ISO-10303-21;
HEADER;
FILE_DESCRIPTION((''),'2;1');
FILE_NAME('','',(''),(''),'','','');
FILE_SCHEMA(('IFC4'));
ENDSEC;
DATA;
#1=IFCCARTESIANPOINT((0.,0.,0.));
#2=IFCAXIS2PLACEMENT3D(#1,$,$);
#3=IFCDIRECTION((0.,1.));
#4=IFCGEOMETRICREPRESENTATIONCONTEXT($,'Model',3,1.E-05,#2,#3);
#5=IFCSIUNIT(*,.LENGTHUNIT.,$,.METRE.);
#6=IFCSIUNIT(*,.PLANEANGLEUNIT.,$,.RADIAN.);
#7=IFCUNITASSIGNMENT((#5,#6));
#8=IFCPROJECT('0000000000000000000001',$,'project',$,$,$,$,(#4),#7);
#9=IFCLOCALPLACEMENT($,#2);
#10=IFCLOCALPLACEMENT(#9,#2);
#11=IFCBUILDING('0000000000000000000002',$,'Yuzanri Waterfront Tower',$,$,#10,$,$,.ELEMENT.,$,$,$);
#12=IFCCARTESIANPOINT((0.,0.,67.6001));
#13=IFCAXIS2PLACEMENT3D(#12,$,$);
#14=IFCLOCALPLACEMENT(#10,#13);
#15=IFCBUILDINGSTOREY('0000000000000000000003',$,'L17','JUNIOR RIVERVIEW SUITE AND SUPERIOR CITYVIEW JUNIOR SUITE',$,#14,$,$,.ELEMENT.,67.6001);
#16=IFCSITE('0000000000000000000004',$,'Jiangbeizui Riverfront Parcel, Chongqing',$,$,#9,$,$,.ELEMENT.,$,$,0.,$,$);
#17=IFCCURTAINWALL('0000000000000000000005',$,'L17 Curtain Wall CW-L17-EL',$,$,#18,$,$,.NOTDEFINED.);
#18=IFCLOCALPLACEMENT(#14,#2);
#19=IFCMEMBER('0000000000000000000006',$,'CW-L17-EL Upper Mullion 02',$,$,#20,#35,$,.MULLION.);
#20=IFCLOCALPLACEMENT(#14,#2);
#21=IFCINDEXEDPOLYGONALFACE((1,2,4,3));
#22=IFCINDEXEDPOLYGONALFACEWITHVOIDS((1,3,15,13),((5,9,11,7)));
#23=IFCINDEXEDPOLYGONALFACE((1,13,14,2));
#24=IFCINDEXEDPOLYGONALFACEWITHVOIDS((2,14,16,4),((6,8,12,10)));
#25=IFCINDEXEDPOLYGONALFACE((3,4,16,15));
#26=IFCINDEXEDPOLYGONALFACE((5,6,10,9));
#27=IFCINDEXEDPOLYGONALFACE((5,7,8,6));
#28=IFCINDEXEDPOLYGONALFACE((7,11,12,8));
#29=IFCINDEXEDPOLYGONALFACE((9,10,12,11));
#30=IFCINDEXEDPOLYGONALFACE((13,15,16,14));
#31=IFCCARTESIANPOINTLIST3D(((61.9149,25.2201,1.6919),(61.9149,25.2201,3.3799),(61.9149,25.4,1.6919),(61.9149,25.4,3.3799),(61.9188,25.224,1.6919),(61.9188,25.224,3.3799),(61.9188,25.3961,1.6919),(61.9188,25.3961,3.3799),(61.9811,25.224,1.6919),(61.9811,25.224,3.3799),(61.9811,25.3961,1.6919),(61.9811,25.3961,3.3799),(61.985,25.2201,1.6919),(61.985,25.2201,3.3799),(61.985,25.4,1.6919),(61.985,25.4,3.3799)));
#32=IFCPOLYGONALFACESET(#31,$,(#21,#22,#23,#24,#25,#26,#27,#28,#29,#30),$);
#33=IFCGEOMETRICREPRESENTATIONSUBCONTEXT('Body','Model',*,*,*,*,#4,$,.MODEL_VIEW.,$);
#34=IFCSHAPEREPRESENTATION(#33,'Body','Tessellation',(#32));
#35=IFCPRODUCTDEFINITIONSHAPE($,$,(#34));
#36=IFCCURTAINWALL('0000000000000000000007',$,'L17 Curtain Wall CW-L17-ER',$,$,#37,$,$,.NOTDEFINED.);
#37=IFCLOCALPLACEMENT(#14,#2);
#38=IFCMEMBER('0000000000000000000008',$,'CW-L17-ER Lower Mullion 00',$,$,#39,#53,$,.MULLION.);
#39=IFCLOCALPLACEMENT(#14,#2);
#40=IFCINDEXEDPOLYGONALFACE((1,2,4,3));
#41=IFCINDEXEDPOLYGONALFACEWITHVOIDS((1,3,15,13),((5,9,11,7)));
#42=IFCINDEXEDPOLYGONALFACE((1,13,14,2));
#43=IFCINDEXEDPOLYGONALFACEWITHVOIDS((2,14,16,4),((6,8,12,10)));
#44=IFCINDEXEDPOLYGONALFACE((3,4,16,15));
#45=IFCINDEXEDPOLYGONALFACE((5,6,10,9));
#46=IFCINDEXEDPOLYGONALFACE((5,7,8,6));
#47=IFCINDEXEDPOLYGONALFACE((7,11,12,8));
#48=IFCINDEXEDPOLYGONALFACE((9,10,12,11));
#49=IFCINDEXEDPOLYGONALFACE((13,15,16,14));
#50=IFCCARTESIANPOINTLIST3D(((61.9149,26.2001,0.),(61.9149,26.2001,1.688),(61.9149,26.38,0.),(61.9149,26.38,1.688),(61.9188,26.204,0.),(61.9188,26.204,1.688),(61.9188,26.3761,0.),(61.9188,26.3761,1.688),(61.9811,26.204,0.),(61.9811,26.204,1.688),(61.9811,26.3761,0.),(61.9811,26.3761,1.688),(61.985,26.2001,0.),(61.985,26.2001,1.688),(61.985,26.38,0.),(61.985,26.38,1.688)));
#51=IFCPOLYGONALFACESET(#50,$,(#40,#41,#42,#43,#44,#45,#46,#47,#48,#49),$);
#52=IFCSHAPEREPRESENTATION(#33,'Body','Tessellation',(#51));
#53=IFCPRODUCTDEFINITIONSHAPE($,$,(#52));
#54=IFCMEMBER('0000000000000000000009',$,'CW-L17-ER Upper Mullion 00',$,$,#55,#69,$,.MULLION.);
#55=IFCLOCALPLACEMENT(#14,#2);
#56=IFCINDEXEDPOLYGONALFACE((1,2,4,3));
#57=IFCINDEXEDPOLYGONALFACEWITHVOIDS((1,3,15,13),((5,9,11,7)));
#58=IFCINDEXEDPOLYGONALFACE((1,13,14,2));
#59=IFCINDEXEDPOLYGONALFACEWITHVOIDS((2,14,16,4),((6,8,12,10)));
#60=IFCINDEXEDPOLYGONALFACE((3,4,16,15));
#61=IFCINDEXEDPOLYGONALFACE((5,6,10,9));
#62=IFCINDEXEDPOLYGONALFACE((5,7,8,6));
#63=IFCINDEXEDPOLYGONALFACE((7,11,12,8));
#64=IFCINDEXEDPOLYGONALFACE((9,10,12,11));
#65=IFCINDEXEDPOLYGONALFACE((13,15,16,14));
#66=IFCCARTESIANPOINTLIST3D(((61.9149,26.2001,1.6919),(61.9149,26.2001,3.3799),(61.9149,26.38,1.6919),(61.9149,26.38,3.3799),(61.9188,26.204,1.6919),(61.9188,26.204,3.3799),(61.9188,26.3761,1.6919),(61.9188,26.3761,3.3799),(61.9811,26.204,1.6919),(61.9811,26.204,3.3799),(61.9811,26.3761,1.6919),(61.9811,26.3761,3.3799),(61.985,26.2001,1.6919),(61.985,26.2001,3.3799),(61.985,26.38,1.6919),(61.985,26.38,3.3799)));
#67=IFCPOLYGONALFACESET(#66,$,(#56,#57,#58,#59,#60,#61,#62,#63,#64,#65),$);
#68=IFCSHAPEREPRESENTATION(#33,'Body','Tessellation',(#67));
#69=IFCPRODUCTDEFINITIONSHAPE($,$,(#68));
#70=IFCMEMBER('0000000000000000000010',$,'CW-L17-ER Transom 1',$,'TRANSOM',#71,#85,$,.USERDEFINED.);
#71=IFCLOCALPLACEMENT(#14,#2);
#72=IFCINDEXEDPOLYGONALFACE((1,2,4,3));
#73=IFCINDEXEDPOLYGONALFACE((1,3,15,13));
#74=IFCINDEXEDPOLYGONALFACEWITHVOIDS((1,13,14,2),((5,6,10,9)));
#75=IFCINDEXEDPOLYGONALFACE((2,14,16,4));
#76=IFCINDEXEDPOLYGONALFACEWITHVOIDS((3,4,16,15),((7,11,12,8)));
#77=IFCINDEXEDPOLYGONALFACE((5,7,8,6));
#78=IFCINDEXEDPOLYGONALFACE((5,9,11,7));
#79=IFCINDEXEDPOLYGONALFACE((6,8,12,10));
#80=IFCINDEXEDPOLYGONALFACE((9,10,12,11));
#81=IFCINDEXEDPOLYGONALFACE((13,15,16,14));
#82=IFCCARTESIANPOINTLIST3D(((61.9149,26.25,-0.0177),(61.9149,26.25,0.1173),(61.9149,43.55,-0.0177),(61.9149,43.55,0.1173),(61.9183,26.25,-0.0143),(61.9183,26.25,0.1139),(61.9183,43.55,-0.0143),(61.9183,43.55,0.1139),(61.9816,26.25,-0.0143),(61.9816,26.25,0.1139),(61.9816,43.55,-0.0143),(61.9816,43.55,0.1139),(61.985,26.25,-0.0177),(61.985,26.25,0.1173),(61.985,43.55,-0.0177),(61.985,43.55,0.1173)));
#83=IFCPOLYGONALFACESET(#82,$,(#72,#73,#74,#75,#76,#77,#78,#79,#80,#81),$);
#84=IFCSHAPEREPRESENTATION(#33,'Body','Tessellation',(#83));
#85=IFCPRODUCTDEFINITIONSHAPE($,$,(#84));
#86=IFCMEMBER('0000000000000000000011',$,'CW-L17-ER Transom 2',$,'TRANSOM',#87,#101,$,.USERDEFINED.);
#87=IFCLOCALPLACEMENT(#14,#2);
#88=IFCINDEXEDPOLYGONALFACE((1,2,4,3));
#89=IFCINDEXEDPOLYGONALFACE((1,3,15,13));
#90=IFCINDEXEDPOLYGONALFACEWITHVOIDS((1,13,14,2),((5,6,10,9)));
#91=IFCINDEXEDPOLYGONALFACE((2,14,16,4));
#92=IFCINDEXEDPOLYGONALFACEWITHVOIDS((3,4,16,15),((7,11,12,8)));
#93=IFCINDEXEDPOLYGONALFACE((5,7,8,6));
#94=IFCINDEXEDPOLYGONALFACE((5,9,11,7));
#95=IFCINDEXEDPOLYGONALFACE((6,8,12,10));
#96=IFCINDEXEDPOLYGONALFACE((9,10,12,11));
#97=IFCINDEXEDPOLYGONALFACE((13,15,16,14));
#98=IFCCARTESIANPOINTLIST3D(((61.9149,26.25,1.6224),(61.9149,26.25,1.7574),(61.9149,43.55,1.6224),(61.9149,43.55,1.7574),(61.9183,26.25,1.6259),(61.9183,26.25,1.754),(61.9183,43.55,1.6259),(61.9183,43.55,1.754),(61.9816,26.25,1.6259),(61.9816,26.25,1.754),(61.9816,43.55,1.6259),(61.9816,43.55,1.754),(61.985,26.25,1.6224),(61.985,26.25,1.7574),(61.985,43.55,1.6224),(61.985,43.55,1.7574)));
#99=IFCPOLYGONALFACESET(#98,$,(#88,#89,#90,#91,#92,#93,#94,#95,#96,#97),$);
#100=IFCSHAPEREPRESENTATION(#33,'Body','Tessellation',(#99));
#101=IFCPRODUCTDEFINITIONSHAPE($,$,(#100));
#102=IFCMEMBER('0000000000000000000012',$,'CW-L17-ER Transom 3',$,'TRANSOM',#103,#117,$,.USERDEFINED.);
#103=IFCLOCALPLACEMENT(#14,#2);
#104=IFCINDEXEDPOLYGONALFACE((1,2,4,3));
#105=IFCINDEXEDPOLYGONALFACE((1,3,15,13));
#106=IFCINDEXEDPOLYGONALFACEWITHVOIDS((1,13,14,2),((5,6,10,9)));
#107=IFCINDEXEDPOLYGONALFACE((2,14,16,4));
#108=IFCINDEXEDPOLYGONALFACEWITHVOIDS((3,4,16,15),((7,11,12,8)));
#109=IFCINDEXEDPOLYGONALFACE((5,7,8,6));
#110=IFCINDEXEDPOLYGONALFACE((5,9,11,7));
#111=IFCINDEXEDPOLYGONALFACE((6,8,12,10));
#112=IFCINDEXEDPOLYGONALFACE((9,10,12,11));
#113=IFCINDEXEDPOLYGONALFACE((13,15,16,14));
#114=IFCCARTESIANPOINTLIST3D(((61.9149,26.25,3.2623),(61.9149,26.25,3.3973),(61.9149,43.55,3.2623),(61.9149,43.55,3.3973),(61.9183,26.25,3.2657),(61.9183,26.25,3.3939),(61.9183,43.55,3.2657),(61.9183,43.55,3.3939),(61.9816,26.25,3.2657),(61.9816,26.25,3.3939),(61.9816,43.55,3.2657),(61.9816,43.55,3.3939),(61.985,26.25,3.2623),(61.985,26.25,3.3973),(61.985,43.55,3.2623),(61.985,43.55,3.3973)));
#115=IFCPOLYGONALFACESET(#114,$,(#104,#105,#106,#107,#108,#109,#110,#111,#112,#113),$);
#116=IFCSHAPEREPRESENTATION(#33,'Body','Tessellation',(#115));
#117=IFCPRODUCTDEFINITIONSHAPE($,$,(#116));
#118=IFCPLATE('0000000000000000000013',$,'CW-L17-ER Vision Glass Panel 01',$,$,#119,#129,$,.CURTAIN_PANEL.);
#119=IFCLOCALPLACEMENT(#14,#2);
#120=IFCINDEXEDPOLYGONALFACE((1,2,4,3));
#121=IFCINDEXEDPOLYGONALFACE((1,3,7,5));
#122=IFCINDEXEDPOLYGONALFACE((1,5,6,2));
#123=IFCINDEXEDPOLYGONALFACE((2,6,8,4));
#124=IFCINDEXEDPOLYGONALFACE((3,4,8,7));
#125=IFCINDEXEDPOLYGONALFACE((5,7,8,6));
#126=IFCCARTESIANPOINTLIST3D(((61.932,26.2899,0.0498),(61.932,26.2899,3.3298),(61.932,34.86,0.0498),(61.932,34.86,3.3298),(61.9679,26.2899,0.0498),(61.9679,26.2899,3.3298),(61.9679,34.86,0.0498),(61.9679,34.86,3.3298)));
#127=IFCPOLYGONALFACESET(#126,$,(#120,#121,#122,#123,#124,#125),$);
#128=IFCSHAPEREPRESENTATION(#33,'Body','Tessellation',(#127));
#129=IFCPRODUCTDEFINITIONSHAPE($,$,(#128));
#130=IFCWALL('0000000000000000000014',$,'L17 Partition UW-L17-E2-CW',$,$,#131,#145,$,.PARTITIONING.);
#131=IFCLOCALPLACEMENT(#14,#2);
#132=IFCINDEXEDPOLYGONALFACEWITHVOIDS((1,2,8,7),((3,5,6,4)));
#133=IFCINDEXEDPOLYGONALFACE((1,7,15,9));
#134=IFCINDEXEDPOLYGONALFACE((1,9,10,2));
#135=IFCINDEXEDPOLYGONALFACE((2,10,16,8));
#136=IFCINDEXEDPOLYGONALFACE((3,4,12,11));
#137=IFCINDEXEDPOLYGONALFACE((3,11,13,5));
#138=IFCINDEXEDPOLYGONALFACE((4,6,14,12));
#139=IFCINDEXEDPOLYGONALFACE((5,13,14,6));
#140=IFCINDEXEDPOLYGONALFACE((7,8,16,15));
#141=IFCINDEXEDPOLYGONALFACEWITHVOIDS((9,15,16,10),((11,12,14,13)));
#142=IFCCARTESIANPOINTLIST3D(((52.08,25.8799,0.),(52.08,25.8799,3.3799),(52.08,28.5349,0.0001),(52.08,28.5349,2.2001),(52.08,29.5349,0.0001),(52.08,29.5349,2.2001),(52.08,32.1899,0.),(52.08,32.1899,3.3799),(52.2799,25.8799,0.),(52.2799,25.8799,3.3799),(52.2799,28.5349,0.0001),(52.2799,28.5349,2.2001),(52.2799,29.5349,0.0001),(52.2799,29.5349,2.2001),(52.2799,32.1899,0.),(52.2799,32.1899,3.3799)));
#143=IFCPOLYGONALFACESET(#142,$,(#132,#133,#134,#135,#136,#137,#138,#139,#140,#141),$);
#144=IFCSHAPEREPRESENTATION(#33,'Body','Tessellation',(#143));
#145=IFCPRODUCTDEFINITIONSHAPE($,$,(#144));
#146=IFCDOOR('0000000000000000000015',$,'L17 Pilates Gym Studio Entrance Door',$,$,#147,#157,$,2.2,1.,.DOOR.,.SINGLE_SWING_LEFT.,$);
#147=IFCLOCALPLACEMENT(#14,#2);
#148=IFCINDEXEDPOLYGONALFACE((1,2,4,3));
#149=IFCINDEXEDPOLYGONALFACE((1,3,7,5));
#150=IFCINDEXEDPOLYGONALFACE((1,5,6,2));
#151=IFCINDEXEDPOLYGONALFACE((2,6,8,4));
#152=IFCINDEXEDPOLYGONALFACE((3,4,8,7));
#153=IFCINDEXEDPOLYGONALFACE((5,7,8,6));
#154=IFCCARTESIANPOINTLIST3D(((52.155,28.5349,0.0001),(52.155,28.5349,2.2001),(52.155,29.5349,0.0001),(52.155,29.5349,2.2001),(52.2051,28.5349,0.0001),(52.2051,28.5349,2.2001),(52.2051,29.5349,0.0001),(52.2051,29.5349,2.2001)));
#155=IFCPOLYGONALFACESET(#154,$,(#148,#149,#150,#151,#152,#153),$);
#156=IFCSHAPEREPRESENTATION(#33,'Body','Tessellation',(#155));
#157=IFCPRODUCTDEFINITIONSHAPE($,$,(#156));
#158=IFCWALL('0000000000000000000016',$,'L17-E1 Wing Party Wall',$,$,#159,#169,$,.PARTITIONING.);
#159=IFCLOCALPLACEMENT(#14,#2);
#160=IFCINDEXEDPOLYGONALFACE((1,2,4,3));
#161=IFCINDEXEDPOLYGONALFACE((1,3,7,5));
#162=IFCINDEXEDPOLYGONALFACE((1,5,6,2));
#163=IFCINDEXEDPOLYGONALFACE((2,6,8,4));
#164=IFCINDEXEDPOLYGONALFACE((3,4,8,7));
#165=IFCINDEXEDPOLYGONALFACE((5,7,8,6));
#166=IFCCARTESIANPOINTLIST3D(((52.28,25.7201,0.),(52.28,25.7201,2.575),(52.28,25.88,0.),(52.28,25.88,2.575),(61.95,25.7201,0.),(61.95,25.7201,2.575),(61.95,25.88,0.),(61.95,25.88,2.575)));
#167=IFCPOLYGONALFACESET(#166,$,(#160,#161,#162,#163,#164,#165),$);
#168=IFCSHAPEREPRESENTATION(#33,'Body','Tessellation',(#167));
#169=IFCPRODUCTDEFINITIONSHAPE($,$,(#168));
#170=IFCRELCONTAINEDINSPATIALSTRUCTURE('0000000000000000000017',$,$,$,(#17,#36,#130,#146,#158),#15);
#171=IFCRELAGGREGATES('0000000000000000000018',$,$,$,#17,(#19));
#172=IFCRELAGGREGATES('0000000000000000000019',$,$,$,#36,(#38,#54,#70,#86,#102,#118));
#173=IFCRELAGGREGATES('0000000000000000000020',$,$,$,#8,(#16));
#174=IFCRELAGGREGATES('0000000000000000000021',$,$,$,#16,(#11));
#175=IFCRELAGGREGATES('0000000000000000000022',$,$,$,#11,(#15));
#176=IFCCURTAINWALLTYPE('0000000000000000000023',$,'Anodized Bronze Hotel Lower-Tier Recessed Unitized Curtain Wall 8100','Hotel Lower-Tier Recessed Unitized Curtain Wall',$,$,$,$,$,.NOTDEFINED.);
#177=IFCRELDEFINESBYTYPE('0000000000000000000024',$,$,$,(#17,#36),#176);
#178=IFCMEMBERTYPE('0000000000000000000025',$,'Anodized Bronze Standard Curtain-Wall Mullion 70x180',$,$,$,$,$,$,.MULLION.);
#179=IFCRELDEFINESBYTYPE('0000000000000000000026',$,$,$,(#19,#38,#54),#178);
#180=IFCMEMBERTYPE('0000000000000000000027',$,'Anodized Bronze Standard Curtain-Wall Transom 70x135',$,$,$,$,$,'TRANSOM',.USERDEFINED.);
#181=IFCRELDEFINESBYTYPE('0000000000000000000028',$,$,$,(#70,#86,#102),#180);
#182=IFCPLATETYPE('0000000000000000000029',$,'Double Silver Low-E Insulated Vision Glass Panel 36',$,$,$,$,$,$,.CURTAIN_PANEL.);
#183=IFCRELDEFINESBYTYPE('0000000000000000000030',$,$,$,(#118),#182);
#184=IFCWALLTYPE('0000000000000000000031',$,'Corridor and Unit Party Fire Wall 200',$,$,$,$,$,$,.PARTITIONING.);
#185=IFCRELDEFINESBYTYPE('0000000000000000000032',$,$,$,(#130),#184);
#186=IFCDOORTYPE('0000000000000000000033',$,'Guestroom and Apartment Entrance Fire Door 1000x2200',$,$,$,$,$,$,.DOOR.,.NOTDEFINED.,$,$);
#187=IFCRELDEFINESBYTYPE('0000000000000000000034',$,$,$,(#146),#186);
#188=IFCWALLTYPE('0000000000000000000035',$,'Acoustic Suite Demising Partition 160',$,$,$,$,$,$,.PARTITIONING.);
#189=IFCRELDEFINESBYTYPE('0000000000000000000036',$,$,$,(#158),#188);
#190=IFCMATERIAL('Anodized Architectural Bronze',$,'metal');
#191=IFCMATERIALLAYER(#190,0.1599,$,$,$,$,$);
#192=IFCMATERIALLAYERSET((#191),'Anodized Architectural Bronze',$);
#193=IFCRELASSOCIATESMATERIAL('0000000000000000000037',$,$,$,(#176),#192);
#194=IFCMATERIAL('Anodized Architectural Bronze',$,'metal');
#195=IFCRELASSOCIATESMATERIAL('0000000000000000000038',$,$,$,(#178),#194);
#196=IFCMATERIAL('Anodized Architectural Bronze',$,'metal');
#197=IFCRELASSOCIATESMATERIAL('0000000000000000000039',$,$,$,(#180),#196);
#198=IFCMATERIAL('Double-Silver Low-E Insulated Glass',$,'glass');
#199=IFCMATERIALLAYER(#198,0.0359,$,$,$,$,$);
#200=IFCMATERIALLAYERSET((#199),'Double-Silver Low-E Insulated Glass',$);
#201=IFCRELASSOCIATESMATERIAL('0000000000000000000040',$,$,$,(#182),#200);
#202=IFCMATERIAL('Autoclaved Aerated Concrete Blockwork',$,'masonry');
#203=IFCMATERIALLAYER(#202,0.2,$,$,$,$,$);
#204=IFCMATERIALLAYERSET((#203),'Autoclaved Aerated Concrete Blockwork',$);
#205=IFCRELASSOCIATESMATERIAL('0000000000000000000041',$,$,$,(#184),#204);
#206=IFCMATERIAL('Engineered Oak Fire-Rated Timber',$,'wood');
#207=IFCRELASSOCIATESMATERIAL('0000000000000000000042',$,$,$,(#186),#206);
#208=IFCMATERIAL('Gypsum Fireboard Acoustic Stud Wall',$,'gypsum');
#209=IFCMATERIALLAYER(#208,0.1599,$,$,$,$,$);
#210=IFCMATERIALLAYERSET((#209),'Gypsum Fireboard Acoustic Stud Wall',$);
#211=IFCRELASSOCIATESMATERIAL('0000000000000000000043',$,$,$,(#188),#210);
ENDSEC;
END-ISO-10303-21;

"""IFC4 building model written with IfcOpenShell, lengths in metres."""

from ifc_helpers import new_model, si_unit, direction, frame, frame_2d, origin, origin_2d, place, context, subcontext, project, spatial, rectangle, hollow_rectangle, extrude, source, transform, mapped, material, layer, layer_set, material_profile, profile_set, type_object, element, fill, aggregate, save


model = new_model("IFC4")

# Units and contexts
model_context = context("Model", 3, precision=1e-05, world=origin(), true_north=direction((0.0, 1.0)))
body_context = subcontext(model_context, "Body", "Model", "MODEL_VIEW")
ifc_project = project(units=[si_unit("LENGTHUNIT", "METRE"), si_unit("PLANEANGLEUNIT", "RADIAN")], contexts=[model_context])

# Site, building, storey
site_placement = place(None, origin())
site = spatial("IfcSite", under=ifc_project, at=site_placement, Name="Jiangbeizui Riverfront Parcel, Chongqing", CompositionType="ELEMENT", RefElevation=0.0)
building_placement = place(site_placement, origin())
building = spatial("IfcBuilding", under=site, at=building_placement, Name="Yuzanri Waterfront Tower", CompositionType="ELEMENT")
storey_placement = place(building_placement, frame((0.0, 0.0, 67.6001)))
storey = spatial("IfcBuildingStorey", under=building, at=storey_placement, Name="L17", Description="JUNIOR RIVERVIEW SUITE AND SUPERIOR CITYVIEW JUNIOR SUITE", CompositionType="ELEMENT", Elevation=67.6001)

# Curtain wall, member
ifc_material_1 = material(Name="Anodized Architectural Bronze", Category="metal")
ifc_layer_1 = layer(ifc_material_1, 0.1599)
ifc_layer_set_1 = layer_set([ifc_layer_1], Name="Anodized Architectural Bronze")
curtain_wall_type = type_object("IfcCurtainWallType", Name="Anodized Bronze Hotel Lower-Tier Recessed Unitized Curtain Wall 8100", Description="Hotel Lower-Tier Recessed Unitized Curtain Wall", PredefinedType="NOTDEFINED", material=ifc_layer_set_1)
curtain_wall_1_placement = place(storey_placement, origin())
curtain_wall_1 = element("IfcCurtainWall", 1, at=curtain_wall_1_placement, inside=storey, type_object=curtain_wall_type, Name="L17 Curtain Wall CW-L17-EL", PredefinedType="NOTDEFINED")
ifc_material_2 = material(Name="Anodized Architectural Bronze", Category="metal")
ifc_material_profile_1 = material_profile(ifc_material_2, hollow_rectangle(XDim=0.0701, YDim=0.1799, WallThickness=0.0039, at=origin_2d()), Name="CWM 70x180")
ifc_profile_set_1 = profile_set([ifc_material_profile_1], Name="Anodized Architectural Bronze")
member_type_1 = type_object("IfcMemberType", Name="Anodized Bronze Standard Curtain-Wall Mullion 70x180", PredefinedType="MULLION", material=ifc_profile_set_1)
shared_shape_1 = source(origin(), body_context, "Body", "SweptSolid", [
    extrude(hollow_rectangle(XDim=0.0701, YDim=0.1799, WallThickness=0.0039, at=origin_2d()), origin(), (0.0, 0.0, 1.0), 1.688),
])
member_1_placement = place(storey_placement, frame((61.95, 25.3101, 1.6919), z_axis=(0.0, 0.0, 1.0), x_axis=(1.0, 0.0, 0.0)))
member_1 = element("IfcMember", 2, at=member_1_placement, type_object=member_type_1, Name="CW-L17-EL Upper Mullion 02", PredefinedType="MULLION", context=body_context, shape_type="MappedRepresentation", body=[
    mapped(shared_shape_1, transform((0.0, 0.0, 0.0), scale=1.0)),
])
aggregate(curtain_wall_1, [member_1])

# Curtain wall, members, plate
curtain_wall_2_placement = place(storey_placement, origin())
curtain_wall_2 = element("IfcCurtainWall", 3, at=curtain_wall_2_placement, inside=storey, type_object=curtain_wall_type, Name="L17 Curtain Wall CW-L17-ER", PredefinedType="NOTDEFINED")
member_2_placement = place(storey_placement, frame((61.95, 26.29, 0.0), z_axis=(0.0, 0.0, 1.0), x_axis=(1.0, 0.0, 0.0)))
member_2 = element("IfcMember", 4, at=member_2_placement, type_object=member_type_1, Name="CW-L17-ER Lower Mullion 00", PredefinedType="MULLION", context=body_context, shape_type="MappedRepresentation", body=[
    mapped(shared_shape_1, transform((0.0, 0.0, 0.0), scale=1.0)),
])
member_3_placement = place(storey_placement, frame((61.95, 26.29, 1.6919), z_axis=(0.0, 0.0, 1.0), x_axis=(1.0, 0.0, 0.0)))
member_3 = element("IfcMember", 5, at=member_3_placement, type_object=member_type_1, Name="CW-L17-ER Upper Mullion 00", PredefinedType="MULLION", context=body_context, shape_type="MappedRepresentation", body=[
    mapped(shared_shape_1, transform((0.0, 0.0, 0.0), scale=1.0)),
])
ifc_material_3 = material(Name="Anodized Architectural Bronze", Category="metal")
ifc_material_profile_2 = material_profile(ifc_material_3, hollow_rectangle(XDim=0.0701, YDim=0.135, WallThickness=0.0034, at=origin_2d()), Name="CWT 70x135")
ifc_profile_set_2 = profile_set([ifc_material_profile_2], Name="Anodized Architectural Bronze")
member_type_2 = type_object("IfcMemberType", Name="Anodized Bronze Standard Curtain-Wall Transom 70x135", ElementType="TRANSOM", PredefinedType="USERDEFINED", material=ifc_profile_set_2)
shared_shape_2 = source(origin(), body_context, "Body", "SweptSolid", [
    extrude(hollow_rectangle(XDim=0.0701, YDim=0.135, WallThickness=0.0034, at=origin_2d()), origin(), (0.0, 0.0, 1.0), 17.3),
])
member_4_placement = place(storey_placement, frame((61.95, 26.25, 0.0498), z_axis=(0.0, 1.0, 0.0), x_axis=(-1.0, 0.0, 0.0)))
member_4 = element("IfcMember", 6, at=member_4_placement, type_object=member_type_2, Name="CW-L17-ER Transom 1", ObjectType="TRANSOM", PredefinedType="USERDEFINED", context=body_context, shape_type="MappedRepresentation", body=[
    mapped(shared_shape_2, transform((0.0, 0.0, 0.0), scale=1.0)),
])
member_5_placement = place(storey_placement, frame((61.95, 26.25, 1.6899), z_axis=(0.0, 1.0, 0.0), x_axis=(-1.0, 0.0, 0.0)))
member_5 = element("IfcMember", 7, at=member_5_placement, type_object=member_type_2, Name="CW-L17-ER Transom 2", ObjectType="TRANSOM", PredefinedType="USERDEFINED", context=body_context, shape_type="MappedRepresentation", body=[
    mapped(shared_shape_2, transform((0.0, 0.0, 0.0), scale=1.0)),
])
member_6_placement = place(storey_placement, frame((61.95, 26.25, 3.3298), z_axis=(0.0, 1.0, 0.0), x_axis=(-1.0, 0.0, 0.0)))
member_6 = element("IfcMember", 8, at=member_6_placement, type_object=member_type_2, Name="CW-L17-ER Transom 3", ObjectType="TRANSOM", PredefinedType="USERDEFINED", context=body_context, shape_type="MappedRepresentation", body=[
    mapped(shared_shape_2, transform((0.0, 0.0, 0.0), scale=1.0)),
])
ifc_material_4 = material(Name="Double-Silver Low-E Insulated Glass", Category="glass")
ifc_layer_2 = layer(ifc_material_4, 0.0359)
ifc_layer_set_2 = layer_set([ifc_layer_2], Name="Double-Silver Low-E Insulated Glass")
plate_type = type_object("IfcPlateType", Name="Double Silver Low-E Insulated Vision Glass Panel 36", PredefinedType="CURTAIN_PANEL", material=ifc_layer_set_2)
shared_shape_3 = source(origin(), body_context, "Body", "SweptSolid", [
    extrude(rectangle(XDim=8.5701, YDim=0.0359, at=origin_2d()), origin(), (0.0, 0.0, 1.0), 3.28),
])
plate_placement = place(storey_placement, frame((61.95, 30.575, 0.0498), z_axis=(0.0, 0.0, 1.0), x_axis=(0.0, 1.0, 0.0)))
plate = element("IfcPlate", 9, at=plate_placement, type_object=plate_type, Name="CW-L17-ER Vision Glass Panel 01", PredefinedType="CURTAIN_PANEL", context=body_context, shape_type="MappedRepresentation", body=[
    mapped(shared_shape_3, transform((0.0, 0.0, 0.0), scale=1.0)),
])
aggregate(curtain_wall_2, [member_2, member_3, member_4, member_5, member_6, plate])

# Wall, opening, door
ifc_material_5 = material(Name="Autoclaved Aerated Concrete Blockwork", Category="masonry")
ifc_layer_3 = layer(ifc_material_5, 0.2)
ifc_layer_set_3 = layer_set([ifc_layer_3], Name="Autoclaved Aerated Concrete Blockwork")
wall_type_1 = type_object("IfcWallType", Name="Corridor and Unit Party Fire Wall 200", PredefinedType="PARTITIONING", material=ifc_layer_set_3)
wall_1_placement = place(storey_placement, frame((52.1799, 25.8799, 0.0), z_axis=(0.0, 0.0, 1.0), x_axis=(0.0, 1.0, 0.0)))
wall_1 = element("IfcWall", 10, at=wall_1_placement, inside=storey, type_object=wall_type_1, Name="L17 Partition UW-L17-E2-CW", PredefinedType="PARTITIONING", context=body_context, shape_type="SweptSolid", body=[
    extrude(rectangle(XDim=6.3101, YDim=0.2, at=frame_2d((3.155, 0.0))), origin(), (0.0, 0.0, 1.0), 3.3799),
])
opening_placement = place(wall_1_placement, frame((2.655, 0.0, 0.0)))
opening = element("IfcOpeningElement", 11, at=opening_placement, cuts=wall_1, PredefinedType="OPENING", context=body_context, shape_type="SweptSolid", body=[
    extrude(rectangle(XDim=1.0, YDim=2.2, at=frame_2d((0.5, 1.1001))), frame((0.0, 0.1147, 0.0), z_axis=(0.0, -1.0, 0.0), x_axis=(1.0, 0.0, 0.0)), (0.0, 0.0, 1.0), 0.2297),
])
ifc_material_6 = material(Name="Engineered Oak Fire-Rated Timber", Category="wood")
door_type = type_object("IfcDoorType", Name="Guestroom and Apartment Entrance Fire Door 1000x2200", OperationType="NOTDEFINED", PredefinedType="DOOR", material=ifc_material_6)
shared_shape_4 = source(origin(), body_context, "Body", "SweptSolid", [
    extrude(rectangle(XDim=1.0, YDim=2.2, at=frame_2d((0.5, 1.1001))), frame((0.0, 0.0249, 0.0), z_axis=(0.0, -1.0, 0.0), x_axis=(1.0, 0.0, 0.0)), (0.0, 0.0, 1.0), 0.05),
])
door_placement = place(opening_placement, origin())
door = element("IfcDoor", 12, at=door_placement, inside=storey, type_object=door_type, Name="L17 Pilates Gym Studio Entrance Door", OperationType="SINGLE_SWING_LEFT", OverallHeight=2.2, OverallWidth=1.0, PredefinedType="DOOR", context=body_context, shape_type="MappedRepresentation", body=[
    mapped(shared_shape_4, transform((0.0, 0.0, 0.0), scale=1.0)),
])
fill(opening, door)

# Wall
ifc_material_7 = material(Name="Gypsum Fireboard Acoustic Stud Wall", Category="gypsum")
ifc_layer_4 = layer(ifc_material_7, 0.1599)
ifc_layer_set_4 = layer_set([ifc_layer_4], Name="Gypsum Fireboard Acoustic Stud Wall")
wall_type_2 = type_object("IfcWallType", Name="Acoustic Suite Demising Partition 160", PredefinedType="PARTITIONING", material=ifc_layer_set_4)
shared_shape_5 = source(origin(), body_context, "Body", "SweptSolid", [
    extrude(rectangle(XDim=9.6699, YDim=0.1599, at=frame_2d((4.835, 0.0))), origin(), (0.0, 0.0, 1.0), 2.575),
])
wall_2_placement = place(storey_placement, frame((52.28, 25.8, 0.0), z_axis=(0.0, 0.0, 1.0), x_axis=(1.0, 0.0, 0.0)))
element("IfcWall", 13, at=wall_2_placement, inside=storey, type_object=wall_type_2, Name="L17-E1 Wing Party Wall", PredefinedType="PARTITIONING", context=body_context, shape_type="MappedRepresentation", body=[
    mapped(shared_shape_5, transform((0.0, 0.0, 0.0), scale=1.0)),
])

save(model, "model.ifc")
